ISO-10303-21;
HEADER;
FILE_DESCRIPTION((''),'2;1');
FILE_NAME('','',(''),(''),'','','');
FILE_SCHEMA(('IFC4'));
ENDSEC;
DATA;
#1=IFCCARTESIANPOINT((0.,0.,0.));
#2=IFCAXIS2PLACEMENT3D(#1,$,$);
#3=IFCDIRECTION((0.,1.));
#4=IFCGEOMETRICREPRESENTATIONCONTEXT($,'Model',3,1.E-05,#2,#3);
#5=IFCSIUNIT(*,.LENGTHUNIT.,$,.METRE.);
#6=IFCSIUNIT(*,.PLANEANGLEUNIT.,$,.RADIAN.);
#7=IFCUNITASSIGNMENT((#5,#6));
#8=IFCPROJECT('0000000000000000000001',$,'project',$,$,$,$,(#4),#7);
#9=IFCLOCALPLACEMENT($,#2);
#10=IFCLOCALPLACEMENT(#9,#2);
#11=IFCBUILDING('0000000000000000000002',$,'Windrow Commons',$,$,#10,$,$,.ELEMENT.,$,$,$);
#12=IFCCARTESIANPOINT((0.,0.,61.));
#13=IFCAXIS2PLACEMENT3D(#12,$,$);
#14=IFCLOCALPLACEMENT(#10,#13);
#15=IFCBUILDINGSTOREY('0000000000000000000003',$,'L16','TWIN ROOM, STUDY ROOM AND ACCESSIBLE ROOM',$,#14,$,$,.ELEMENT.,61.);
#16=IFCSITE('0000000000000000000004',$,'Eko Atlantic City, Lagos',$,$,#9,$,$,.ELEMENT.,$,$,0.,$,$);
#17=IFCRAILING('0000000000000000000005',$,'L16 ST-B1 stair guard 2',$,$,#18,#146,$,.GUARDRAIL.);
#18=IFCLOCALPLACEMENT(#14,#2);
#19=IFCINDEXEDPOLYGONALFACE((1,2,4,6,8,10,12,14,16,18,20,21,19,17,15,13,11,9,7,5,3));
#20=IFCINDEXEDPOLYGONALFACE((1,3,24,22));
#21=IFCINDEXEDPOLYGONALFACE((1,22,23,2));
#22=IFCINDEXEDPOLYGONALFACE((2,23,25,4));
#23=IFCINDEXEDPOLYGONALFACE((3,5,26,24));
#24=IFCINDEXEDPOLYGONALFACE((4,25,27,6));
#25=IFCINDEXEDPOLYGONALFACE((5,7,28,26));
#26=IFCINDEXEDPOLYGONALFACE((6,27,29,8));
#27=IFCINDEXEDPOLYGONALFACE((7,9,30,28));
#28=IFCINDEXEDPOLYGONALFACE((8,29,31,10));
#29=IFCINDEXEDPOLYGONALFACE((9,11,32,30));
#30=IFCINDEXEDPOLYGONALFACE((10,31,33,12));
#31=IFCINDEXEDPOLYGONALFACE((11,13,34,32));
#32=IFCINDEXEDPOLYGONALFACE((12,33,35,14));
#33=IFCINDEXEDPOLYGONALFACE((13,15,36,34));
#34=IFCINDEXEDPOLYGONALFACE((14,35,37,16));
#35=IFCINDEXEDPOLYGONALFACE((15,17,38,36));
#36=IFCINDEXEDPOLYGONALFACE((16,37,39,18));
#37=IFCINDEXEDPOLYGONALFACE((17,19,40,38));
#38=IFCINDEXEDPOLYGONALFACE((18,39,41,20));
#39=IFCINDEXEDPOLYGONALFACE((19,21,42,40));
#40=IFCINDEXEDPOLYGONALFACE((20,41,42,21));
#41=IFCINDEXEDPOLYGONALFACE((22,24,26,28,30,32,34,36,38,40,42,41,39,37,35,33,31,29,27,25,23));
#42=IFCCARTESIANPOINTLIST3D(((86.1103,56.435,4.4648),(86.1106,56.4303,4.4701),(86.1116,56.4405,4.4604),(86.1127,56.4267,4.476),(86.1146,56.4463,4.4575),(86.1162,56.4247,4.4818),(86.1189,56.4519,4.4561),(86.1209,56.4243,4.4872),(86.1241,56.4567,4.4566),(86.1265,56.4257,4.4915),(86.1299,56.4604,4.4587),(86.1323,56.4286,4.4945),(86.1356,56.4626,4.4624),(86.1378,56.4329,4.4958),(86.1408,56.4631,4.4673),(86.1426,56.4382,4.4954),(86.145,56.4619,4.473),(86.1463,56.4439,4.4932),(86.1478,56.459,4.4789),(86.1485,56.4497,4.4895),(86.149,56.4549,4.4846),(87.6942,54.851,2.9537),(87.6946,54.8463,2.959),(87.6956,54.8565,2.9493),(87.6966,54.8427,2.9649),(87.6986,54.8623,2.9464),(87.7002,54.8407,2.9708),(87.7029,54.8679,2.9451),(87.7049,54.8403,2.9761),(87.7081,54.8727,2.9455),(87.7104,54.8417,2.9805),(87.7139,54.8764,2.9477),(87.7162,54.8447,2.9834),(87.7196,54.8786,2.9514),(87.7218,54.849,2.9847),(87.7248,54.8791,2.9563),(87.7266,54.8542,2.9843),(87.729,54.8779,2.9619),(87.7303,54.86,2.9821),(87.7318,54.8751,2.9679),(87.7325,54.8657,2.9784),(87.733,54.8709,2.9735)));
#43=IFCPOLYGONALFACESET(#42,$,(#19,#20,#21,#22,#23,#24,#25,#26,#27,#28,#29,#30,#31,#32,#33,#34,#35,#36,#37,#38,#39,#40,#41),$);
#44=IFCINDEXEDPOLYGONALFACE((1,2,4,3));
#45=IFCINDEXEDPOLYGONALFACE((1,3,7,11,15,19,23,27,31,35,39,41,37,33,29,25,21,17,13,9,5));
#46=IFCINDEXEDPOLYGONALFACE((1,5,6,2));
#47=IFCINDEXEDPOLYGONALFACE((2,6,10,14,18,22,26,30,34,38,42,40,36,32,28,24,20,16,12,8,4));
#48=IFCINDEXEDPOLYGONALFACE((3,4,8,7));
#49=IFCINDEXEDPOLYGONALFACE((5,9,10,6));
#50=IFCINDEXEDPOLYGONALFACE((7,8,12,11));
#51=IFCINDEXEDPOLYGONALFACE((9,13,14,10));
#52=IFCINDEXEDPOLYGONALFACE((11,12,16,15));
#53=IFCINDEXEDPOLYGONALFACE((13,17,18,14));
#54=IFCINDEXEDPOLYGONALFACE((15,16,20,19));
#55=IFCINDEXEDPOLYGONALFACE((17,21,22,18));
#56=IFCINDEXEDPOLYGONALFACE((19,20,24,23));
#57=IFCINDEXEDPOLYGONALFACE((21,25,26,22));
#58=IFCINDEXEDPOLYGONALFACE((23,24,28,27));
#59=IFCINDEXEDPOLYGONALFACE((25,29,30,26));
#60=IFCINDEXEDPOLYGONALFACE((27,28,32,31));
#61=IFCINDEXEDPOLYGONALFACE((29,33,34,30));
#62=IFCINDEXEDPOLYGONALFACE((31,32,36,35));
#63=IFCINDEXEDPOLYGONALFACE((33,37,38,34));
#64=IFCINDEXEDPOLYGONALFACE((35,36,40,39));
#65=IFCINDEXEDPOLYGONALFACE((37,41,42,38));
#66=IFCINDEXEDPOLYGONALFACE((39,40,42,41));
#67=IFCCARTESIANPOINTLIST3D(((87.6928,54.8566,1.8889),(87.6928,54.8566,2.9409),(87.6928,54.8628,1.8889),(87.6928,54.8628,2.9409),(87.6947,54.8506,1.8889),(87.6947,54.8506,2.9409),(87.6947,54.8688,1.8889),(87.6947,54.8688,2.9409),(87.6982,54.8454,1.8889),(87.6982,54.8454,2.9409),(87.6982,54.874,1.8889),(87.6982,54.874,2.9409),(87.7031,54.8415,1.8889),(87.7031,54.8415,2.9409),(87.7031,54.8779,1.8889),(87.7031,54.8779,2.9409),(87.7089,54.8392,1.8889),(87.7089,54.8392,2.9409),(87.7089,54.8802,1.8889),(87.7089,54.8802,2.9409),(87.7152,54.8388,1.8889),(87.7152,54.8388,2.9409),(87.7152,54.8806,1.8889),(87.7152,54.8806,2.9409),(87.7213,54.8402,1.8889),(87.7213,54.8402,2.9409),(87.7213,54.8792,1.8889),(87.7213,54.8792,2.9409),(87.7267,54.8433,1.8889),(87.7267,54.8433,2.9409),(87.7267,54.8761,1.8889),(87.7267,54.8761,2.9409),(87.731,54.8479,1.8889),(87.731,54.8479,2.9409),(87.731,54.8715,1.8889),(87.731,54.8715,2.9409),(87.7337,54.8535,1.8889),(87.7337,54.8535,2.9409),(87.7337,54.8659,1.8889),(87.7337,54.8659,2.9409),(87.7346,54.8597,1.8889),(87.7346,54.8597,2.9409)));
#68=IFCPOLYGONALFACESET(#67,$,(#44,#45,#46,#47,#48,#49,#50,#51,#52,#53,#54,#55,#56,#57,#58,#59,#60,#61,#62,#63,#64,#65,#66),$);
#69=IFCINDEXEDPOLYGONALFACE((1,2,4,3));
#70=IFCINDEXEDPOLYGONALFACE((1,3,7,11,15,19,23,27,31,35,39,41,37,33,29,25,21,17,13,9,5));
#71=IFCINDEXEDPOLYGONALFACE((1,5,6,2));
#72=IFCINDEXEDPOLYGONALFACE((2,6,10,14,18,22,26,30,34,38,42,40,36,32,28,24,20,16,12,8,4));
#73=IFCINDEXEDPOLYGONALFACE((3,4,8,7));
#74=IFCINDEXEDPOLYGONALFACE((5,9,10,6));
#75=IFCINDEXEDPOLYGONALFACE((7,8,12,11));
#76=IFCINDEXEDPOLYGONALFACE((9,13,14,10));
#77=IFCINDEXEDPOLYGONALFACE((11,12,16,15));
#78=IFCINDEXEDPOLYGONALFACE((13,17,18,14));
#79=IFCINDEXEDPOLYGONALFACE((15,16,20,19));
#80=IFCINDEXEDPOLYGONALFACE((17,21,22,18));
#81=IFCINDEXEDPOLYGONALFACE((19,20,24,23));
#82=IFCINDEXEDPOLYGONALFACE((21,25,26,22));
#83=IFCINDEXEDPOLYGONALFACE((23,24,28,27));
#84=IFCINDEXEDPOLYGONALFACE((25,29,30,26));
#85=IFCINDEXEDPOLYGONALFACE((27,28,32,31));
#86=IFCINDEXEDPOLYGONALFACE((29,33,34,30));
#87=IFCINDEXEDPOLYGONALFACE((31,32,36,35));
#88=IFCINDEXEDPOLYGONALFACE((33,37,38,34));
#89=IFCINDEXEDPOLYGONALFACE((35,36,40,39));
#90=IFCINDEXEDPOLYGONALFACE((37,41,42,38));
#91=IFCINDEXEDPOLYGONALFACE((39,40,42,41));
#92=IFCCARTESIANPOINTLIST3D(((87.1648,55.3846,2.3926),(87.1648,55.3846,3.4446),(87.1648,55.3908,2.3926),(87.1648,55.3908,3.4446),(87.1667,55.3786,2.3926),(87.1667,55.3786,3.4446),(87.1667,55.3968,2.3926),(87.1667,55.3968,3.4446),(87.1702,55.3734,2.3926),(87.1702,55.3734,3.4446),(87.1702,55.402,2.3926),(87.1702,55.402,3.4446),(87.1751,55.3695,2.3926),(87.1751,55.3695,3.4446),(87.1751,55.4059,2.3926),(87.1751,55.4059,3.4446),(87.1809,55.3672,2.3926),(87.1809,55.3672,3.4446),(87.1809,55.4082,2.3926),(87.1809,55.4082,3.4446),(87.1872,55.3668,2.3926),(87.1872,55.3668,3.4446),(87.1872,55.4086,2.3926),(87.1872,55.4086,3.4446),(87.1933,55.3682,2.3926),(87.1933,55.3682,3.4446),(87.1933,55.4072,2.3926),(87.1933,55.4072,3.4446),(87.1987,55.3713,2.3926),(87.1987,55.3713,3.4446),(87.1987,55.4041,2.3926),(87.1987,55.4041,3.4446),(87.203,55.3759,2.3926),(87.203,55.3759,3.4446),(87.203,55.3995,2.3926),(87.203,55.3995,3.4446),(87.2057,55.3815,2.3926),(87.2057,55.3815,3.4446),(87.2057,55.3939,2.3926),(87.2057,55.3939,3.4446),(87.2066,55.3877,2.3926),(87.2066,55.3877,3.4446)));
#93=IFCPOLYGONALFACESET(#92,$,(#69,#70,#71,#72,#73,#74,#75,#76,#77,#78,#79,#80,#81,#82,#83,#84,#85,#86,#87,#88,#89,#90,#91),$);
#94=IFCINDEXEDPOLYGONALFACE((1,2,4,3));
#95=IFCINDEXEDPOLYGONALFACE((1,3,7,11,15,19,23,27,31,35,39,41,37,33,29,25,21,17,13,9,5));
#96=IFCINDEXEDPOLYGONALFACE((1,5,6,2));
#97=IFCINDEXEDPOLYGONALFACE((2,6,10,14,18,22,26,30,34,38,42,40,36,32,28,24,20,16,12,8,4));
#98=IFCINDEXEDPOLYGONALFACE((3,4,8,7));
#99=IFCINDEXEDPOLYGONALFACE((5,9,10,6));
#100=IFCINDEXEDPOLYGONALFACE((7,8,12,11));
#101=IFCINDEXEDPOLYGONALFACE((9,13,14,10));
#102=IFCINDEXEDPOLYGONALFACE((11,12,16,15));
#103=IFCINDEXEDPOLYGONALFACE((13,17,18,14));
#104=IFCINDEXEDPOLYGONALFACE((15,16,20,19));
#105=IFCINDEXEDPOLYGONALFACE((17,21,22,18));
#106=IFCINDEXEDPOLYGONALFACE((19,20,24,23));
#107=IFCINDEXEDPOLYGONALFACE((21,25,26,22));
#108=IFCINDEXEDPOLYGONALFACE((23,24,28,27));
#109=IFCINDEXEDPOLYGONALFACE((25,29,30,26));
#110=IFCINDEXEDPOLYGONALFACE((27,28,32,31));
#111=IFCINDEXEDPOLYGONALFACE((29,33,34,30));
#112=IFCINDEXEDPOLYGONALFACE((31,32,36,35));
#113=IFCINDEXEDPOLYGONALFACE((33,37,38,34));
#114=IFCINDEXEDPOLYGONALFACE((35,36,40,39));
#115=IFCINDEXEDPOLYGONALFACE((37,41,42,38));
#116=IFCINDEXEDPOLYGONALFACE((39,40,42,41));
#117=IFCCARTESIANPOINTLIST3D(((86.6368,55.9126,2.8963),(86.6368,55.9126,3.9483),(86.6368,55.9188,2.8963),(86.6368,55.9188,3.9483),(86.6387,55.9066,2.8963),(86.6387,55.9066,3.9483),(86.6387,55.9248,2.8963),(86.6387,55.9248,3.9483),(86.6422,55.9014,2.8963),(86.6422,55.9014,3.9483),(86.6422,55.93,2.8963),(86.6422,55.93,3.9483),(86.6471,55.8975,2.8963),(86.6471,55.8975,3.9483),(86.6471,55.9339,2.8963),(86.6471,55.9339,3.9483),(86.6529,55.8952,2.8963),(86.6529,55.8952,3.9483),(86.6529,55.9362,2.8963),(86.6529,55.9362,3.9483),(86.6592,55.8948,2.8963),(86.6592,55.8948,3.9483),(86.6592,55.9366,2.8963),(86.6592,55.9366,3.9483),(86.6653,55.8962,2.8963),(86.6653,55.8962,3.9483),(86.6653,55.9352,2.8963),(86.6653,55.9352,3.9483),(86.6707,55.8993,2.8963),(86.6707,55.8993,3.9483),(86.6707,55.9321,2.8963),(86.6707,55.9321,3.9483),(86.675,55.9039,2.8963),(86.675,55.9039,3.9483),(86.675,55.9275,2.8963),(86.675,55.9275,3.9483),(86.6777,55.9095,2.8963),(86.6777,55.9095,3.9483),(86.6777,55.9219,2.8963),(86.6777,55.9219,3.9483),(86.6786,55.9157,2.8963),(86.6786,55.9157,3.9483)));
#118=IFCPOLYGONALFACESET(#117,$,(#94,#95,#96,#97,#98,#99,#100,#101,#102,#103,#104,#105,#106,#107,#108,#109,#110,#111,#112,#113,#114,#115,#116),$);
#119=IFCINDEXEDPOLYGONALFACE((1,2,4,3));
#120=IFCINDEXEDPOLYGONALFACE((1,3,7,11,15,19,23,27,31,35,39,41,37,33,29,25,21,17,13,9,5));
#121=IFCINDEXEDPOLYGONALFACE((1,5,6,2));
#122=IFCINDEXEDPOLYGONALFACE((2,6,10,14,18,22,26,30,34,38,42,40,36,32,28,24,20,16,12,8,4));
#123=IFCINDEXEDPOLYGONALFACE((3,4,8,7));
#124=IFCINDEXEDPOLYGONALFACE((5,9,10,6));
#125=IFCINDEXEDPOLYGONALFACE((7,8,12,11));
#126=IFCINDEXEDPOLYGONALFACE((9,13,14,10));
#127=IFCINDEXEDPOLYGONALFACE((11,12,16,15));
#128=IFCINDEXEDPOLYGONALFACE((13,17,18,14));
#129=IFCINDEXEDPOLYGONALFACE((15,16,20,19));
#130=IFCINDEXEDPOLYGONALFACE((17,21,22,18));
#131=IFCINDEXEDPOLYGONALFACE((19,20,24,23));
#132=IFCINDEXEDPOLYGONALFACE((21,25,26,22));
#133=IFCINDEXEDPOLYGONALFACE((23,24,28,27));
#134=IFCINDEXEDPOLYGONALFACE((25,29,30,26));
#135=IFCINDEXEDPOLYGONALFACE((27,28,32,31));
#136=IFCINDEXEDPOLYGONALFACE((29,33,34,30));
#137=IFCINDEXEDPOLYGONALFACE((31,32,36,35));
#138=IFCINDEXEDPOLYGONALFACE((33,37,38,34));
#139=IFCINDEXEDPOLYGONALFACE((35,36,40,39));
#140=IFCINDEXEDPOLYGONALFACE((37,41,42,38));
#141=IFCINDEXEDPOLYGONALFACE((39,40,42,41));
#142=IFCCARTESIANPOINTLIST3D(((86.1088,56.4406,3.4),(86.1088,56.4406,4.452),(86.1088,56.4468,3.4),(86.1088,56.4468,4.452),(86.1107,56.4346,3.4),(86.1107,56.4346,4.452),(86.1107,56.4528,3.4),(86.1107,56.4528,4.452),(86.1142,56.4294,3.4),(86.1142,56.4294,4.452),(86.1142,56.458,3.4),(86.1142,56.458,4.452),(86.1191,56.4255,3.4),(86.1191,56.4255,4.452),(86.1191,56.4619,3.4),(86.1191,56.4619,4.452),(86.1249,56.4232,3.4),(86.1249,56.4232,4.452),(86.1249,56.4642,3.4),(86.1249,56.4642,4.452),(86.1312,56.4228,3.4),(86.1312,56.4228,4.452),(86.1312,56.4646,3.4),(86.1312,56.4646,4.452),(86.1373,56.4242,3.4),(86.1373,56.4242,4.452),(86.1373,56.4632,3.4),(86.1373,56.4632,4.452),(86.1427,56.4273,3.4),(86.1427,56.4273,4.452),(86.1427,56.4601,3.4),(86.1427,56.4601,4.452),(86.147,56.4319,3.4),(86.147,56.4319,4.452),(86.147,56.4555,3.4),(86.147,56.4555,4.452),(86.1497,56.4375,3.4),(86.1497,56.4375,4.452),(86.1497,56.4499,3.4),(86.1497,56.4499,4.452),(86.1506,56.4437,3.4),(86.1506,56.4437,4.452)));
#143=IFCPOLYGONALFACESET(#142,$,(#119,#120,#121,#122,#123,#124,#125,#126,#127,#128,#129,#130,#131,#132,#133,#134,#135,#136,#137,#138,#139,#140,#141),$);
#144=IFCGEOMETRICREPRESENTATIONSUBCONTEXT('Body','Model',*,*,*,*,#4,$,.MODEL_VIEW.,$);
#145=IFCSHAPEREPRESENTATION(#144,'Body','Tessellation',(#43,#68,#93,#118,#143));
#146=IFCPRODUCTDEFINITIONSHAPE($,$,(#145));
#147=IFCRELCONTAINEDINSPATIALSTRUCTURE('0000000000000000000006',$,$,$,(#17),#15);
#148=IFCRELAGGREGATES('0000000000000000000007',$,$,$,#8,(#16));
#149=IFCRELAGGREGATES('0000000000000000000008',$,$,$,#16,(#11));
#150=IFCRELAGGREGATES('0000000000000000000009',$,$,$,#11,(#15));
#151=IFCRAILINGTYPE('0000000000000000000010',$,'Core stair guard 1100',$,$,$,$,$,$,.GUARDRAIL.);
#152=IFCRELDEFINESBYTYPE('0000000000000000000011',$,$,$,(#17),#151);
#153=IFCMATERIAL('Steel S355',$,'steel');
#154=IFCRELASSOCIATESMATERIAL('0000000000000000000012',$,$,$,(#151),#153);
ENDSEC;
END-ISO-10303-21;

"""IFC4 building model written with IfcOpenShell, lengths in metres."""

from ifc_helpers import new_model, si_unit, direction, frame, origin, origin_2d, place, context, subcontext, project, spatial, circle, extrude, material, type_object, element, save


model = new_model("IFC4")

# Units and contexts
model_context = context("Model", 3, precision=1e-05, world=origin(), true_north=direction((0.0, 1.0)))
body_context = subcontext(model_context, "Body", "Model", "MODEL_VIEW")
ifc_project = project(units=[si_unit("LENGTHUNIT", "METRE"), si_unit("PLANEANGLEUNIT", "RADIAN")], contexts=[model_context])

# Site, building, storey
site_placement = place(None, origin())
site = spatial("IfcSite", under=ifc_project, at=site_placement, Name="Eko Atlantic City, Lagos", CompositionType="ELEMENT", RefElevation=0.0)
building_placement = place(site_placement, origin())
building = spatial("IfcBuilding", under=site, at=building_placement, Name="Windrow Commons", CompositionType="ELEMENT")
storey_placement = place(building_placement, frame((0.0, 0.0, 61.0)))
storey = spatial("IfcBuildingStorey", under=building, at=storey_placement, Name="L16", Description="TWIN ROOM, STUDY ROOM AND ACCESSIBLE ROOM", CompositionType="ELEMENT", Elevation=61.0)

# Railing
ifc_material_1 = material(Name="Steel S355", Category="steel")
railing_type_1 = type_object("IfcRailingType", Name="Core stair guard 1100", PredefinedType="GUARDRAIL", material=ifc_material_1)
railing_1_placement = place(storey_placement, frame((87.7136, 54.8597, 1.8889)))
element("IfcRailing", 1, at=railing_1_placement, inside=storey, type_object=railing_type_1, Name="L16 ST-B1 stair guard 2", PredefinedType="GUARDRAIL", context=body_context, shape_type="SweptSolid", body=[
    extrude(circle(Radius=0.024, at=origin_2d()), frame((0.0, 0.0, 1.076), z_axis=(-0.586203, 0.586203, 0.559224), x_axis=(-0.707107, -0.707107, 0.0)), (0.0, 0.0, 1.0), 2.7021),
    extrude(circle(Radius=0.021, at=origin_2d()), origin(), (0.0, 0.0, 1.0), 1.052),
    extrude(circle(Radius=0.021, at=origin_2d()), frame((-0.528, 0.528, 0.5037)), (0.0, 0.0, 1.0), 1.052),
    extrude(circle(Radius=0.021, at=origin_2d()), frame((-1.056, 1.056, 1.0074)), (0.0, 0.0, 1.0), 1.052),
    extrude(circle(Radius=0.021, at=origin_2d()), frame((-1.584, 1.584, 1.5111)), (0.0, 0.0, 1.0), 1.052),
])

save(model, "model.ifc")
